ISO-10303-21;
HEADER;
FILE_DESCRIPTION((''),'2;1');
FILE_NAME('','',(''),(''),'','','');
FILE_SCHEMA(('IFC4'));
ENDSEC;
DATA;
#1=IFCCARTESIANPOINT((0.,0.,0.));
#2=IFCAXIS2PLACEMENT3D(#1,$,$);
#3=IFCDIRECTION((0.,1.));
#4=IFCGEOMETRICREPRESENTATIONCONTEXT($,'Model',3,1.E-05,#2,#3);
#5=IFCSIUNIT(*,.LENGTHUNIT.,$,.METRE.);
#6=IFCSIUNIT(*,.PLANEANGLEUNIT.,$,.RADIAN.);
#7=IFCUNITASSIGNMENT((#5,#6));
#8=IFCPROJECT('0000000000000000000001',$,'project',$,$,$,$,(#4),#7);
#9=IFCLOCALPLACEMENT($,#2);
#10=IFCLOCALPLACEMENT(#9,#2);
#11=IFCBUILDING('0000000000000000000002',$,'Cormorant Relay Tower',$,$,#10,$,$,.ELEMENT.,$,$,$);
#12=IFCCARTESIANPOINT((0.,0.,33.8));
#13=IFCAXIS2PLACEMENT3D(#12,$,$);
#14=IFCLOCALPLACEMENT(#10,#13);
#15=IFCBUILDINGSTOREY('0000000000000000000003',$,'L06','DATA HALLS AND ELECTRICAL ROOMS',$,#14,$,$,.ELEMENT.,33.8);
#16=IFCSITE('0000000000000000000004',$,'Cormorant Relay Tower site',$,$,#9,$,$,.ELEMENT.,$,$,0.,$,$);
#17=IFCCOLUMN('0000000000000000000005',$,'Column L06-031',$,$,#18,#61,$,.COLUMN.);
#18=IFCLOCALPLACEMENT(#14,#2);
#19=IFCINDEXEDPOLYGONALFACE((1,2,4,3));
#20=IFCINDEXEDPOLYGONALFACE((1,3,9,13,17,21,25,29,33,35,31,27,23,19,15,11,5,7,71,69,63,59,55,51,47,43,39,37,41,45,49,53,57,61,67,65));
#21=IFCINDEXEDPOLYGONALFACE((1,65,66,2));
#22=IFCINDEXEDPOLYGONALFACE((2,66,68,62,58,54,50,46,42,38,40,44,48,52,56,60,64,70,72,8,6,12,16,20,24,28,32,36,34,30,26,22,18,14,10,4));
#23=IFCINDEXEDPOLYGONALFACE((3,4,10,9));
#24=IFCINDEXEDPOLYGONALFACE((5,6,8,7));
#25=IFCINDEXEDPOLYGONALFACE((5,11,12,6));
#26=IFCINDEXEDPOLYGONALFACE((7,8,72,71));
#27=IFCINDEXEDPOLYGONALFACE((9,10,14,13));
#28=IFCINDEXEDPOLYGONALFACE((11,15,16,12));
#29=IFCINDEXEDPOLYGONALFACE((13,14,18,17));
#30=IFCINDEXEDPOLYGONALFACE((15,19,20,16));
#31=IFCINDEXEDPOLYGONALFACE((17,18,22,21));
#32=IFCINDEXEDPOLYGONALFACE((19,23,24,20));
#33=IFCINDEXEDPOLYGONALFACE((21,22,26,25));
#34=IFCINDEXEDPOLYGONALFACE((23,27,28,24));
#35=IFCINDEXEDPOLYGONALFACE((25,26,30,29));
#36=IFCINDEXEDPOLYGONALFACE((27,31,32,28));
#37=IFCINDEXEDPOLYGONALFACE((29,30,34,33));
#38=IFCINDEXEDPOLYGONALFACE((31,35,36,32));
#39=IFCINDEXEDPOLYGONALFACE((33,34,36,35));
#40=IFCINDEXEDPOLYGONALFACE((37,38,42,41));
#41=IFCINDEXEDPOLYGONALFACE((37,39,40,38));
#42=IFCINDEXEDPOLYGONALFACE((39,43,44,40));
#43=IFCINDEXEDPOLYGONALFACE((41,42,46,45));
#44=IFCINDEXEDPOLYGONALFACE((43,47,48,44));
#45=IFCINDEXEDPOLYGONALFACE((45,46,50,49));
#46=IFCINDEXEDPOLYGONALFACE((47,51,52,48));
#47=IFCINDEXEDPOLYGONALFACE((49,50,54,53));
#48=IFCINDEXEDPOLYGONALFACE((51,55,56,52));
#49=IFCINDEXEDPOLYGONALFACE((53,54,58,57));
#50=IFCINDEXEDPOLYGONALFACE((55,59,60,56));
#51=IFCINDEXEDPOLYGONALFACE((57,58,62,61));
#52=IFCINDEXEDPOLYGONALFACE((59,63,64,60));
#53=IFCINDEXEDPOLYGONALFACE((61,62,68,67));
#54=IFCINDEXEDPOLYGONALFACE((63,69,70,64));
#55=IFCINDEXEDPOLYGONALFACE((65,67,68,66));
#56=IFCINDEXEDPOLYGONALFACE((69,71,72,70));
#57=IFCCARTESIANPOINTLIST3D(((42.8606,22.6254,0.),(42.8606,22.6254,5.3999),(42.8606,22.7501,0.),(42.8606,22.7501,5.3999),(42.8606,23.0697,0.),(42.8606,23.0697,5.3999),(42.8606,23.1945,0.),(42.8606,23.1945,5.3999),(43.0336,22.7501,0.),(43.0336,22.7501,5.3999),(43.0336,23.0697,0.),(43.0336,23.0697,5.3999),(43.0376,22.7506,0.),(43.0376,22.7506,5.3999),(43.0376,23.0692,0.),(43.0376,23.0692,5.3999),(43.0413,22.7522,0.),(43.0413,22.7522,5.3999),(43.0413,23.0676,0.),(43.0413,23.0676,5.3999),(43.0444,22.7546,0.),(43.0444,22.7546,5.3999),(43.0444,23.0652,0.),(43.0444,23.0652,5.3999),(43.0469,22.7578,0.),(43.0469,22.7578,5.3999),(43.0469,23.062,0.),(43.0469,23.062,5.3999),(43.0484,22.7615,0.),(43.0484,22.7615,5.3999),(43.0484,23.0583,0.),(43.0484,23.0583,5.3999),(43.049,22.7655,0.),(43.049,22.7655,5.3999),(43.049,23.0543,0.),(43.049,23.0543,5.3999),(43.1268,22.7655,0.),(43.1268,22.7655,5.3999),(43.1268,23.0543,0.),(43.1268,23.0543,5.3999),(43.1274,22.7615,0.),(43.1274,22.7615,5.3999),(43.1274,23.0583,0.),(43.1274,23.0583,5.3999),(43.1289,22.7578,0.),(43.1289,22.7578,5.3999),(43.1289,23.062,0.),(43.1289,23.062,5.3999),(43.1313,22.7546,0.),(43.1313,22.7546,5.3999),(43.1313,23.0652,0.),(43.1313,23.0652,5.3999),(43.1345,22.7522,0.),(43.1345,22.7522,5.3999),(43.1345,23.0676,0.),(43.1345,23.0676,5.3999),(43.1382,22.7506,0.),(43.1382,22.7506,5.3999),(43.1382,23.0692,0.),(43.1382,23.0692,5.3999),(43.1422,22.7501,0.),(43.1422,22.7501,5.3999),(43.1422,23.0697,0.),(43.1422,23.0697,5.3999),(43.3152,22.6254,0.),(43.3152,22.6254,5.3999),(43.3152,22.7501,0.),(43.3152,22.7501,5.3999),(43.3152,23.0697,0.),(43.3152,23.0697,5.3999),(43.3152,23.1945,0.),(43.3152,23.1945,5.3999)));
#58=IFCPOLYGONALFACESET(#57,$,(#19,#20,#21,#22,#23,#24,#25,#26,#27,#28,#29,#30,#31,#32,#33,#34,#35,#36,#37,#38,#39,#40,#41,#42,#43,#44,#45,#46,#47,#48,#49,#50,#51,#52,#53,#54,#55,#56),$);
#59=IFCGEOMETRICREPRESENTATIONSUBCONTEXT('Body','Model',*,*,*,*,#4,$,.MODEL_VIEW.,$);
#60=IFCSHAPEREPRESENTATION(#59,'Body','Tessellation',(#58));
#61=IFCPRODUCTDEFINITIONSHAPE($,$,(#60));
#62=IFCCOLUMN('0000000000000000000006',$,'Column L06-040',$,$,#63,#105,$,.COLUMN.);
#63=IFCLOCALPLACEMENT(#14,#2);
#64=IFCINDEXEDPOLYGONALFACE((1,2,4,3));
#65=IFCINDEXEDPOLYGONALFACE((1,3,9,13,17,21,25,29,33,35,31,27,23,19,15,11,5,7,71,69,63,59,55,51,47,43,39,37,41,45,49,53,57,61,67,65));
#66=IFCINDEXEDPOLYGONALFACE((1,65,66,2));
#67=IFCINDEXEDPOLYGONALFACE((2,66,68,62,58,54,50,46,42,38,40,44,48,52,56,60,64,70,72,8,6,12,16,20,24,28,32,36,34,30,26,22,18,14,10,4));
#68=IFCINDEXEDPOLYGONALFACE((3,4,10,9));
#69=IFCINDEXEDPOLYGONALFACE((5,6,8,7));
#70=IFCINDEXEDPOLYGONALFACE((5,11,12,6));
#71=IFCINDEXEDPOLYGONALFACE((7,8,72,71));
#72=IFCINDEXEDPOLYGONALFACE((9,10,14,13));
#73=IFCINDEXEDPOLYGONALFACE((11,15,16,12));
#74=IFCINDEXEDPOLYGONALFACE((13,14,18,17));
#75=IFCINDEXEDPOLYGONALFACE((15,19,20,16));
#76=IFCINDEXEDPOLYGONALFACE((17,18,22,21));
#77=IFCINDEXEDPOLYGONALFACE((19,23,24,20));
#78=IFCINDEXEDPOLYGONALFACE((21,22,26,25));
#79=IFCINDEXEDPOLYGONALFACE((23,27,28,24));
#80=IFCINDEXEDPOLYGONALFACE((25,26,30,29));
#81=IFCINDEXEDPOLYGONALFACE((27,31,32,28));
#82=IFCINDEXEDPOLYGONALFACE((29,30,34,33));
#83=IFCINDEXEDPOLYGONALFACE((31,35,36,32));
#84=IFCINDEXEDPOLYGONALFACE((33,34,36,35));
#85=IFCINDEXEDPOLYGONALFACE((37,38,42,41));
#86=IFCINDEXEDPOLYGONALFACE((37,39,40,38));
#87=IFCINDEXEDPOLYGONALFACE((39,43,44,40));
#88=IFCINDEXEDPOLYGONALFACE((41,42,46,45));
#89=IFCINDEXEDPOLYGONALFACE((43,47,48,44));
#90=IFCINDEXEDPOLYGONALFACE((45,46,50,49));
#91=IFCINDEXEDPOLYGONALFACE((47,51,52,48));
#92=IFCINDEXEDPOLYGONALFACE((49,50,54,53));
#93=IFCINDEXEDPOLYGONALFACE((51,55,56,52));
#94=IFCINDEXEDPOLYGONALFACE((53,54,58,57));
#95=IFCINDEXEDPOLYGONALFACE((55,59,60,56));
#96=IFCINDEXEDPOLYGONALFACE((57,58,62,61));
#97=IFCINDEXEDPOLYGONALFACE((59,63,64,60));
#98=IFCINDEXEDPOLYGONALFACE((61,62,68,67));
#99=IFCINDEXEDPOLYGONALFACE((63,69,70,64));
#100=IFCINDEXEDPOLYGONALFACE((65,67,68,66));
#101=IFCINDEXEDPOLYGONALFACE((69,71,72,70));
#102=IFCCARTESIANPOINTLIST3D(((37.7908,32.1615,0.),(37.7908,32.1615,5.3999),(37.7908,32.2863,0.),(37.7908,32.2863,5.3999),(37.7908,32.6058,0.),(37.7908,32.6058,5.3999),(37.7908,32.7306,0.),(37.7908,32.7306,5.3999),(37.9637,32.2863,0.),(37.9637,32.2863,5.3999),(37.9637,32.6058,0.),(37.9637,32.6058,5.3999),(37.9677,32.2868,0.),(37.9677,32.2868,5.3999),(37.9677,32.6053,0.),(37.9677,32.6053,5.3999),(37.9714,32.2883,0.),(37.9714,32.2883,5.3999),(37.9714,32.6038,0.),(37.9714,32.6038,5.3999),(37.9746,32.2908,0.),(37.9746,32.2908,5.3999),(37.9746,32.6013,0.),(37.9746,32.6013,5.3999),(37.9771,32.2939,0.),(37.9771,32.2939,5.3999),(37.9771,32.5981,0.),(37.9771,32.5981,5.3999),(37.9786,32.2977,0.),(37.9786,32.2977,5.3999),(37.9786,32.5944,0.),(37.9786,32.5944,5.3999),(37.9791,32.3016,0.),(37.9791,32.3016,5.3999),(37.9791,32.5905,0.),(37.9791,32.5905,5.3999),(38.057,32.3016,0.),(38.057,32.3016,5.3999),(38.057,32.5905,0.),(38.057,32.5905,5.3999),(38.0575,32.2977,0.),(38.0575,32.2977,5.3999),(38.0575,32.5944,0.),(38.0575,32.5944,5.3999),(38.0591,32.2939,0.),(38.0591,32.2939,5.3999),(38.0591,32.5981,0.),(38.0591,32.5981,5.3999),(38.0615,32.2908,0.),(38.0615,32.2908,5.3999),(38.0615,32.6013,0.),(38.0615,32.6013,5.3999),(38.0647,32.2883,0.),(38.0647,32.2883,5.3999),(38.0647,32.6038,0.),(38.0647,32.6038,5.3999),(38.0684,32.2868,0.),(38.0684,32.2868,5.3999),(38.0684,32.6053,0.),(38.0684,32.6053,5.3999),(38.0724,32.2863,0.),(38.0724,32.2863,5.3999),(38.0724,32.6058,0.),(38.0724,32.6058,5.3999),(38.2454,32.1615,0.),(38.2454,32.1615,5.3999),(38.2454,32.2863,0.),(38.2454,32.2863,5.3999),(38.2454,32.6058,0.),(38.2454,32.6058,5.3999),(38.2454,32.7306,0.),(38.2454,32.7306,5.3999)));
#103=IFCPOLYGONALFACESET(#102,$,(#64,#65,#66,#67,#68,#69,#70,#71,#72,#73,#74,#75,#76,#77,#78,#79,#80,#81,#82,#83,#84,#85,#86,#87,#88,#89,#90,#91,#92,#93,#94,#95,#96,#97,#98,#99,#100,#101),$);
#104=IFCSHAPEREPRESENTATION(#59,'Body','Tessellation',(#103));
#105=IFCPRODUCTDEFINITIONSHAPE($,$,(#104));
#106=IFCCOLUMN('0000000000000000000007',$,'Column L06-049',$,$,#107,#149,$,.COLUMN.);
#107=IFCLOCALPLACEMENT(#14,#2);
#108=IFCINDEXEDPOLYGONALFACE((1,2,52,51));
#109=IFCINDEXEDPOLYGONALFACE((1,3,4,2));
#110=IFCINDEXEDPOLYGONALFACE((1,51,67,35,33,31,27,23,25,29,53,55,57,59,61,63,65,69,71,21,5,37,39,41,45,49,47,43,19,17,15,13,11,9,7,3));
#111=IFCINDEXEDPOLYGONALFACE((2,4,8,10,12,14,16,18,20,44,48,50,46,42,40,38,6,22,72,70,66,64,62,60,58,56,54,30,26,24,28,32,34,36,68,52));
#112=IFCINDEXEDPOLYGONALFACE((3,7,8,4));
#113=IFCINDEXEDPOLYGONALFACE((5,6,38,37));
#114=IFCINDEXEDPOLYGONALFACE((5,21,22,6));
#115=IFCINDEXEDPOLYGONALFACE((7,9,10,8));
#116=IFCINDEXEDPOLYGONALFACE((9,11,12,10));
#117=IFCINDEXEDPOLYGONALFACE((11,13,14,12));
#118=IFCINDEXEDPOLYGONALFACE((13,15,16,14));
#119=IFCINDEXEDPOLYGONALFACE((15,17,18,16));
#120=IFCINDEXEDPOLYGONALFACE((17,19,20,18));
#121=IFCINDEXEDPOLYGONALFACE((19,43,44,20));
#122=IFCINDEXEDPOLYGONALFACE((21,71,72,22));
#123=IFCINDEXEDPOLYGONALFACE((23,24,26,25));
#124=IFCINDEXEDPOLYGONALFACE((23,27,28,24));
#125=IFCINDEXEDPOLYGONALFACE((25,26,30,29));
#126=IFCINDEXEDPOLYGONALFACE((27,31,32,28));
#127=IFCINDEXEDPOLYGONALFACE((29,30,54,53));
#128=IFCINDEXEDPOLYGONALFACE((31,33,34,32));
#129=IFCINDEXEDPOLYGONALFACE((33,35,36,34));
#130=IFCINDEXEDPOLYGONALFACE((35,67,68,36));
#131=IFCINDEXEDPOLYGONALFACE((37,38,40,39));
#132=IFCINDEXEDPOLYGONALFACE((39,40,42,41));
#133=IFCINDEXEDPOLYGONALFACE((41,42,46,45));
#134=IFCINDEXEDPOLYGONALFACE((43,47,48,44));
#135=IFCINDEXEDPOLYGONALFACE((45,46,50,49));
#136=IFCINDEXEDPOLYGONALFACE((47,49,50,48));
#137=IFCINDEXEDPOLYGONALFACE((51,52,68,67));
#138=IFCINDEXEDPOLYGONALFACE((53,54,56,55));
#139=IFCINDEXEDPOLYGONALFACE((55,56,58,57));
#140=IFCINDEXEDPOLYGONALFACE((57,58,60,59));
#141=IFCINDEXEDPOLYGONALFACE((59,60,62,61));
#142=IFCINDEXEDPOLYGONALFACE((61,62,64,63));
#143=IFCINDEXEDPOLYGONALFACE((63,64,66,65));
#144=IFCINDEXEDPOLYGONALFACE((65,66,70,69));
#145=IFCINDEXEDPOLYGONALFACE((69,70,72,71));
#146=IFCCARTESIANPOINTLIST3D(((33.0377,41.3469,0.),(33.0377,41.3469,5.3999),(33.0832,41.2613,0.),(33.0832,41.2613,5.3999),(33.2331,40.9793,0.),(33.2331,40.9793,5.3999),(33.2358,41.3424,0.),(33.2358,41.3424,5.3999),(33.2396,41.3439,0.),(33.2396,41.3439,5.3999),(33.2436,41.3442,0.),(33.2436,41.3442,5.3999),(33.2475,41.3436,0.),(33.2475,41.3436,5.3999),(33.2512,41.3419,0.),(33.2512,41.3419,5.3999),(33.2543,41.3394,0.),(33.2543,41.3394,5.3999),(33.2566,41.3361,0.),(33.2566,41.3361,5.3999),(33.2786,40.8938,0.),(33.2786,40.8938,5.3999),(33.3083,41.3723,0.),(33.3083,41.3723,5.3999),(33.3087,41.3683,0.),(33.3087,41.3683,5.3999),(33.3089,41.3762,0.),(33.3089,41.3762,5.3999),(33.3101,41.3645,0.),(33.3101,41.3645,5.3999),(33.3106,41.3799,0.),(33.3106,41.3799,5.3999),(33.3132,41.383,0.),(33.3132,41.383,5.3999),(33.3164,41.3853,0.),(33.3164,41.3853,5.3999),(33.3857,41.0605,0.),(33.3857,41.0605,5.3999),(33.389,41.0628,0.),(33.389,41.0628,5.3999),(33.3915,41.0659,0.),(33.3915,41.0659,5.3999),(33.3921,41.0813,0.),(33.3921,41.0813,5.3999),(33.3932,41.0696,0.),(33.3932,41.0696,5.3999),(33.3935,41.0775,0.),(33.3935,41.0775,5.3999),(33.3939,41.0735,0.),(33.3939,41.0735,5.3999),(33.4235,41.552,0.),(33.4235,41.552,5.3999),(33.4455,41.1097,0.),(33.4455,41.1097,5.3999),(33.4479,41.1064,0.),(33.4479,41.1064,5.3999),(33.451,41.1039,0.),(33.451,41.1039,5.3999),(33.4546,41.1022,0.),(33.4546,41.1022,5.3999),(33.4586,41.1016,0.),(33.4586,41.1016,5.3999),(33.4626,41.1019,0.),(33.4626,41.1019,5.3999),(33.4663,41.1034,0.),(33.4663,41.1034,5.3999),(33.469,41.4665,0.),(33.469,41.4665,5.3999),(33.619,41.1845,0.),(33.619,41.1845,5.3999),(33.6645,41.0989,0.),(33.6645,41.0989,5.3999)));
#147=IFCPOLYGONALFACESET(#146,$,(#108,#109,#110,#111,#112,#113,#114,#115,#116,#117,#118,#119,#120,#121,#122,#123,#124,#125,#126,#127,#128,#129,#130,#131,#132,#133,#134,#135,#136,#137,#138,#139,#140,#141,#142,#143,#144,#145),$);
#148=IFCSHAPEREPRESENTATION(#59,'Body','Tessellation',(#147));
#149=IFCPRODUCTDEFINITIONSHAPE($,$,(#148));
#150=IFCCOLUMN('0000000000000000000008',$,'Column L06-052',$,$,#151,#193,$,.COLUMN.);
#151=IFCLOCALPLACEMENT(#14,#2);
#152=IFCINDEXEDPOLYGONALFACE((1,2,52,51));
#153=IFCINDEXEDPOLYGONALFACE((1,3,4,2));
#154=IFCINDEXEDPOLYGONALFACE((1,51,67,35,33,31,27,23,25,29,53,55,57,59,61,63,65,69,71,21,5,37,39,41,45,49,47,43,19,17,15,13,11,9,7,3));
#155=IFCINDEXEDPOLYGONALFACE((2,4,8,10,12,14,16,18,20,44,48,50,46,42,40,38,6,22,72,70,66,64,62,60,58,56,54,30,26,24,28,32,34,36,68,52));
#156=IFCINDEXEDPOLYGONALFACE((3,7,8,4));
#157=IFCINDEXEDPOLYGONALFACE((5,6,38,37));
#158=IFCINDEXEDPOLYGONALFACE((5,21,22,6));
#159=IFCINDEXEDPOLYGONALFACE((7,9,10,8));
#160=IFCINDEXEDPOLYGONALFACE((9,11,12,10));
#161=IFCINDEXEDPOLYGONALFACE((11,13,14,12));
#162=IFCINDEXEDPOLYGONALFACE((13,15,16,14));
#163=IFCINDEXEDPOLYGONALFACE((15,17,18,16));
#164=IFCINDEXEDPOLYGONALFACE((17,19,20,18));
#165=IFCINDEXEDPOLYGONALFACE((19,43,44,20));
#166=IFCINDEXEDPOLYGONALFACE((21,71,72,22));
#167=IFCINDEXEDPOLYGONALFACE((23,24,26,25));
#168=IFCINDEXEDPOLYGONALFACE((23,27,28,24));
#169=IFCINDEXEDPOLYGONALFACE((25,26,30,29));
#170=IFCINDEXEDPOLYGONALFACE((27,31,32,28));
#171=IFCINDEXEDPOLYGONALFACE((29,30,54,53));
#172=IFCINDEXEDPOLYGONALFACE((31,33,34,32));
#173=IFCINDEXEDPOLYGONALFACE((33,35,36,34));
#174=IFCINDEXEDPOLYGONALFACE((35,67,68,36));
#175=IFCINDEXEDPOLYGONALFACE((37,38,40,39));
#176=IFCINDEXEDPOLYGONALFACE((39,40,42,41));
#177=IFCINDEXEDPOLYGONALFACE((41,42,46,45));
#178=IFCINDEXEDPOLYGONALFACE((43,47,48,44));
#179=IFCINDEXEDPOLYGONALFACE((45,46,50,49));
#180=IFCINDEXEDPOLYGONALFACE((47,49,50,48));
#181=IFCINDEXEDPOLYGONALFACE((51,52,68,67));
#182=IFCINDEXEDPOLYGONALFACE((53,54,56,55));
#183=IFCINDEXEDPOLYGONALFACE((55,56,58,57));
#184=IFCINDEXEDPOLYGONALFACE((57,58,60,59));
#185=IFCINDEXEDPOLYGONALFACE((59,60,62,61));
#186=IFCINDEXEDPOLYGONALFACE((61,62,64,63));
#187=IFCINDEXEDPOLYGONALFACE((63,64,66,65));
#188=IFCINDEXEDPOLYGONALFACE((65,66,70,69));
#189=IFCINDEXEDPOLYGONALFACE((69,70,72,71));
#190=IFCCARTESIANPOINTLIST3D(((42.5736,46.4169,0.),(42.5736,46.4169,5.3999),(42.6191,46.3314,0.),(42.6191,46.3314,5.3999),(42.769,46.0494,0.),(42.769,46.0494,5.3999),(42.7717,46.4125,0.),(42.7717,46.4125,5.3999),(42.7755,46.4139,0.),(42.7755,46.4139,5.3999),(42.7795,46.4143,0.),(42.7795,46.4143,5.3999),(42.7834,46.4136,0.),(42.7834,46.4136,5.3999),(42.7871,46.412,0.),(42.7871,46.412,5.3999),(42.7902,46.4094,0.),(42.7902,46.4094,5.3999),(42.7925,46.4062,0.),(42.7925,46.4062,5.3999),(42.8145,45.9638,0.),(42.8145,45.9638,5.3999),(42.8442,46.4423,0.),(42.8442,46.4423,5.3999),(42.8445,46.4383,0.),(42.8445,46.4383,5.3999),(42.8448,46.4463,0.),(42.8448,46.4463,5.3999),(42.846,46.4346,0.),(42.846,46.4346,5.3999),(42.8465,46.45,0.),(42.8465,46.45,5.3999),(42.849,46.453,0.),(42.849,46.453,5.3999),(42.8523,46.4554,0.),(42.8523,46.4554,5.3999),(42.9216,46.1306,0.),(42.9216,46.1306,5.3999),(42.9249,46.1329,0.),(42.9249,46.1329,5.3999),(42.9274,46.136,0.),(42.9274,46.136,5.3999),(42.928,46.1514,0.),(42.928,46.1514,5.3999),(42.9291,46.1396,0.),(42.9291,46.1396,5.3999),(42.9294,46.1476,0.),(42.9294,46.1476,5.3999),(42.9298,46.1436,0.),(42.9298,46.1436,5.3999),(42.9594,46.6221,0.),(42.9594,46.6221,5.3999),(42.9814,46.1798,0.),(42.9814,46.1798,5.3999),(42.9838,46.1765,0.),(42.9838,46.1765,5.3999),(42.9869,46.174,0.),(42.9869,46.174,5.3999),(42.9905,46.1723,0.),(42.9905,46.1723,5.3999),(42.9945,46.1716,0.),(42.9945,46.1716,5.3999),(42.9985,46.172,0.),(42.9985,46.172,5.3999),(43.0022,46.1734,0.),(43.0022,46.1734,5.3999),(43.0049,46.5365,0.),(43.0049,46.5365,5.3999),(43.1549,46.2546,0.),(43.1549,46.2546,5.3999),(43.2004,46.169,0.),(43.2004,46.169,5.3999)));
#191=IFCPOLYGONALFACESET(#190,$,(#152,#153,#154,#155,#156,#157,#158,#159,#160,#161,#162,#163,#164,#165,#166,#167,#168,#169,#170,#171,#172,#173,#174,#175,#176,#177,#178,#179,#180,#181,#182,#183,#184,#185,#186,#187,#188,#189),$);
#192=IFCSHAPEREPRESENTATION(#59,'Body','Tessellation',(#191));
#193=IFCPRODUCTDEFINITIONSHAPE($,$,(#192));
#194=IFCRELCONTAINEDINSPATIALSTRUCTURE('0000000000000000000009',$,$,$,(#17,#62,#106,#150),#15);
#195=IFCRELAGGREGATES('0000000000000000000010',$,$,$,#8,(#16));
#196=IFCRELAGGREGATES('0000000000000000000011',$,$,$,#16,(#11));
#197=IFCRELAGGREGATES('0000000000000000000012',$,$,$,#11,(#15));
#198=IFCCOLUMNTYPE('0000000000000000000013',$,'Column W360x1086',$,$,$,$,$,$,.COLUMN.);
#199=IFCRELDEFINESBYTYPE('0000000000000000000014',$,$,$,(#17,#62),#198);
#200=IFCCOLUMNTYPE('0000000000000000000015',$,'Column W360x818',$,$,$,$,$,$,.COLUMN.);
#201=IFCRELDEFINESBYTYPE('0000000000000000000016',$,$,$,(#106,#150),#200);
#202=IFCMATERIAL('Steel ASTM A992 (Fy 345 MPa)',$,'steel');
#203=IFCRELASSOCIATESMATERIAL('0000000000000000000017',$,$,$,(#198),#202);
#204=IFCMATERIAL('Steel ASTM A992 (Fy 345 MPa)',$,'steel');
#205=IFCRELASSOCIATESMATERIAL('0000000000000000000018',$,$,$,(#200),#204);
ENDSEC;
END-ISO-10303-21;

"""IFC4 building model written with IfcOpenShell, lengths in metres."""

from ifc_helpers import new_model, si_unit, direction, frame, origin, origin_2d, place, context, subcontext, project, spatial, i_section, extrude, material, material_profile, profile_set, type_object, element, save


model = new_model("IFC4")

# Units and contexts
model_context = context("Model", 3, precision=1e-05, world=origin(), true_north=direction((0.0, 1.0)))
body_context = subcontext(model_context, "Body", "Model", "MODEL_VIEW")
ifc_project = project(units=[si_unit("LENGTHUNIT", "METRE"), si_unit("PLANEANGLEUNIT", "RADIAN")], contexts=[model_context])

# Site, building, storey
site_placement = place(None, origin())
site = spatial("IfcSite", under=ifc_project, at=site_placement, Name="Cormorant Relay Tower site", CompositionType="ELEMENT", RefElevation=0.0)
building_placement = place(site_placement, origin())
building = spatial("IfcBuilding", under=site, at=building_placement, Name="Cormorant Relay Tower", CompositionType="ELEMENT")
storey_placement = place(building_placement, frame((0.0, 0.0, 33.8)))
storey = spatial("IfcBuildingStorey", under=building, at=storey_placement, Name="L06", Description="DATA HALLS AND ELECTRICAL ROOMS", CompositionType="ELEMENT", Elevation=33.8)

# Columns
ifc_material_1 = material(Name="Steel ASTM A992 (Fy 345 MPa)", Category="steel")
ifc_material_profile_1 = material_profile(ifc_material_1, i_section(OverallWidth=0.4546, OverallDepth=0.5691, WebThickness=0.0779, FlangeThickness=0.1248, FilletRadius=0.0154, at=origin_2d()), Name="W360x1086")
ifc_profile_set_1 = profile_set([ifc_material_profile_1], Name="Steel ASTM A992 (Fy 345 MPa)")
column_type_1 = type_object("IfcColumnType", Name="Column W360x1086", PredefinedType="COLUMN", material=ifc_profile_set_1)
for number, where, z_axis, x_axis, name in (
    (1, (43.0879, 22.9099, 0.0), (0.0, 0.0, 1.0), (1.0, 0.0, 0.0), "Column L06-031"),
    (2, (38.0181, 32.446, 0.0), (0.0, 0.0, 1.0), (1.0, 0.0, 0.0), "Column L06-040"),
):
    element("IfcColumn", number, at=place(storey_placement, frame(where, z_axis=z_axis, x_axis=x_axis)), inside=storey, type_object=column_type_1, Name=name, PredefinedType="COLUMN", context=body_context, shape_type="SweptSolid", body=[
        extrude(i_section(OverallWidth=0.4546, OverallDepth=0.5691, WebThickness=0.0779, FlangeThickness=0.1248, FilletRadius=0.0154, at=origin_2d()), origin(), (0.0, 0.0, 1.0), 5.3999),
    ])
ifc_material_2 = material(Name="Steel ASTM A992 (Fy 345 MPa)", Category="steel")
ifc_material_profile_2 = material_profile(ifc_material_2, i_section(OverallWidth=0.437, OverallDepth=0.5132, WebThickness=0.0605, FlangeThickness=0.0969, FilletRadius=0.0154, at=origin_2d()), Name="W360x818")
ifc_profile_set_2 = profile_set([ifc_material_profile_2], Name="Steel ASTM A992 (Fy 345 MPa)")
column_type_2 = type_object("IfcColumnType", Name="Column W360x818", PredefinedType="COLUMN", material=ifc_profile_set_2)
for number, where, z_axis, x_axis, name in (
    (3, (33.3511, 41.2229, 0.0), (0.0, 0.0, 1.0), (-0.882948, -0.469472, 0.0), "Column L06-049"),
    (4, (42.887, 46.293, 0.0), (0.0, 0.0, 1.0), (-0.882948, -0.469472, 0.0), "Column L06-052"),
):
    element("IfcColumn", number, at=place(storey_placement, frame(where, z_axis=z_axis, x_axis=x_axis)), inside=storey, type_object=column_type_2, Name=name, PredefinedType="COLUMN", context=body_context, shape_type="SweptSolid", body=[
        extrude(i_section(OverallWidth=0.437, OverallDepth=0.5132, WebThickness=0.0605, FlangeThickness=0.0969, FilletRadius=0.0154, at=origin_2d()), origin(), (0.0, 0.0, 1.0), 5.3999),
    ])

save(model, "model.ifc")
